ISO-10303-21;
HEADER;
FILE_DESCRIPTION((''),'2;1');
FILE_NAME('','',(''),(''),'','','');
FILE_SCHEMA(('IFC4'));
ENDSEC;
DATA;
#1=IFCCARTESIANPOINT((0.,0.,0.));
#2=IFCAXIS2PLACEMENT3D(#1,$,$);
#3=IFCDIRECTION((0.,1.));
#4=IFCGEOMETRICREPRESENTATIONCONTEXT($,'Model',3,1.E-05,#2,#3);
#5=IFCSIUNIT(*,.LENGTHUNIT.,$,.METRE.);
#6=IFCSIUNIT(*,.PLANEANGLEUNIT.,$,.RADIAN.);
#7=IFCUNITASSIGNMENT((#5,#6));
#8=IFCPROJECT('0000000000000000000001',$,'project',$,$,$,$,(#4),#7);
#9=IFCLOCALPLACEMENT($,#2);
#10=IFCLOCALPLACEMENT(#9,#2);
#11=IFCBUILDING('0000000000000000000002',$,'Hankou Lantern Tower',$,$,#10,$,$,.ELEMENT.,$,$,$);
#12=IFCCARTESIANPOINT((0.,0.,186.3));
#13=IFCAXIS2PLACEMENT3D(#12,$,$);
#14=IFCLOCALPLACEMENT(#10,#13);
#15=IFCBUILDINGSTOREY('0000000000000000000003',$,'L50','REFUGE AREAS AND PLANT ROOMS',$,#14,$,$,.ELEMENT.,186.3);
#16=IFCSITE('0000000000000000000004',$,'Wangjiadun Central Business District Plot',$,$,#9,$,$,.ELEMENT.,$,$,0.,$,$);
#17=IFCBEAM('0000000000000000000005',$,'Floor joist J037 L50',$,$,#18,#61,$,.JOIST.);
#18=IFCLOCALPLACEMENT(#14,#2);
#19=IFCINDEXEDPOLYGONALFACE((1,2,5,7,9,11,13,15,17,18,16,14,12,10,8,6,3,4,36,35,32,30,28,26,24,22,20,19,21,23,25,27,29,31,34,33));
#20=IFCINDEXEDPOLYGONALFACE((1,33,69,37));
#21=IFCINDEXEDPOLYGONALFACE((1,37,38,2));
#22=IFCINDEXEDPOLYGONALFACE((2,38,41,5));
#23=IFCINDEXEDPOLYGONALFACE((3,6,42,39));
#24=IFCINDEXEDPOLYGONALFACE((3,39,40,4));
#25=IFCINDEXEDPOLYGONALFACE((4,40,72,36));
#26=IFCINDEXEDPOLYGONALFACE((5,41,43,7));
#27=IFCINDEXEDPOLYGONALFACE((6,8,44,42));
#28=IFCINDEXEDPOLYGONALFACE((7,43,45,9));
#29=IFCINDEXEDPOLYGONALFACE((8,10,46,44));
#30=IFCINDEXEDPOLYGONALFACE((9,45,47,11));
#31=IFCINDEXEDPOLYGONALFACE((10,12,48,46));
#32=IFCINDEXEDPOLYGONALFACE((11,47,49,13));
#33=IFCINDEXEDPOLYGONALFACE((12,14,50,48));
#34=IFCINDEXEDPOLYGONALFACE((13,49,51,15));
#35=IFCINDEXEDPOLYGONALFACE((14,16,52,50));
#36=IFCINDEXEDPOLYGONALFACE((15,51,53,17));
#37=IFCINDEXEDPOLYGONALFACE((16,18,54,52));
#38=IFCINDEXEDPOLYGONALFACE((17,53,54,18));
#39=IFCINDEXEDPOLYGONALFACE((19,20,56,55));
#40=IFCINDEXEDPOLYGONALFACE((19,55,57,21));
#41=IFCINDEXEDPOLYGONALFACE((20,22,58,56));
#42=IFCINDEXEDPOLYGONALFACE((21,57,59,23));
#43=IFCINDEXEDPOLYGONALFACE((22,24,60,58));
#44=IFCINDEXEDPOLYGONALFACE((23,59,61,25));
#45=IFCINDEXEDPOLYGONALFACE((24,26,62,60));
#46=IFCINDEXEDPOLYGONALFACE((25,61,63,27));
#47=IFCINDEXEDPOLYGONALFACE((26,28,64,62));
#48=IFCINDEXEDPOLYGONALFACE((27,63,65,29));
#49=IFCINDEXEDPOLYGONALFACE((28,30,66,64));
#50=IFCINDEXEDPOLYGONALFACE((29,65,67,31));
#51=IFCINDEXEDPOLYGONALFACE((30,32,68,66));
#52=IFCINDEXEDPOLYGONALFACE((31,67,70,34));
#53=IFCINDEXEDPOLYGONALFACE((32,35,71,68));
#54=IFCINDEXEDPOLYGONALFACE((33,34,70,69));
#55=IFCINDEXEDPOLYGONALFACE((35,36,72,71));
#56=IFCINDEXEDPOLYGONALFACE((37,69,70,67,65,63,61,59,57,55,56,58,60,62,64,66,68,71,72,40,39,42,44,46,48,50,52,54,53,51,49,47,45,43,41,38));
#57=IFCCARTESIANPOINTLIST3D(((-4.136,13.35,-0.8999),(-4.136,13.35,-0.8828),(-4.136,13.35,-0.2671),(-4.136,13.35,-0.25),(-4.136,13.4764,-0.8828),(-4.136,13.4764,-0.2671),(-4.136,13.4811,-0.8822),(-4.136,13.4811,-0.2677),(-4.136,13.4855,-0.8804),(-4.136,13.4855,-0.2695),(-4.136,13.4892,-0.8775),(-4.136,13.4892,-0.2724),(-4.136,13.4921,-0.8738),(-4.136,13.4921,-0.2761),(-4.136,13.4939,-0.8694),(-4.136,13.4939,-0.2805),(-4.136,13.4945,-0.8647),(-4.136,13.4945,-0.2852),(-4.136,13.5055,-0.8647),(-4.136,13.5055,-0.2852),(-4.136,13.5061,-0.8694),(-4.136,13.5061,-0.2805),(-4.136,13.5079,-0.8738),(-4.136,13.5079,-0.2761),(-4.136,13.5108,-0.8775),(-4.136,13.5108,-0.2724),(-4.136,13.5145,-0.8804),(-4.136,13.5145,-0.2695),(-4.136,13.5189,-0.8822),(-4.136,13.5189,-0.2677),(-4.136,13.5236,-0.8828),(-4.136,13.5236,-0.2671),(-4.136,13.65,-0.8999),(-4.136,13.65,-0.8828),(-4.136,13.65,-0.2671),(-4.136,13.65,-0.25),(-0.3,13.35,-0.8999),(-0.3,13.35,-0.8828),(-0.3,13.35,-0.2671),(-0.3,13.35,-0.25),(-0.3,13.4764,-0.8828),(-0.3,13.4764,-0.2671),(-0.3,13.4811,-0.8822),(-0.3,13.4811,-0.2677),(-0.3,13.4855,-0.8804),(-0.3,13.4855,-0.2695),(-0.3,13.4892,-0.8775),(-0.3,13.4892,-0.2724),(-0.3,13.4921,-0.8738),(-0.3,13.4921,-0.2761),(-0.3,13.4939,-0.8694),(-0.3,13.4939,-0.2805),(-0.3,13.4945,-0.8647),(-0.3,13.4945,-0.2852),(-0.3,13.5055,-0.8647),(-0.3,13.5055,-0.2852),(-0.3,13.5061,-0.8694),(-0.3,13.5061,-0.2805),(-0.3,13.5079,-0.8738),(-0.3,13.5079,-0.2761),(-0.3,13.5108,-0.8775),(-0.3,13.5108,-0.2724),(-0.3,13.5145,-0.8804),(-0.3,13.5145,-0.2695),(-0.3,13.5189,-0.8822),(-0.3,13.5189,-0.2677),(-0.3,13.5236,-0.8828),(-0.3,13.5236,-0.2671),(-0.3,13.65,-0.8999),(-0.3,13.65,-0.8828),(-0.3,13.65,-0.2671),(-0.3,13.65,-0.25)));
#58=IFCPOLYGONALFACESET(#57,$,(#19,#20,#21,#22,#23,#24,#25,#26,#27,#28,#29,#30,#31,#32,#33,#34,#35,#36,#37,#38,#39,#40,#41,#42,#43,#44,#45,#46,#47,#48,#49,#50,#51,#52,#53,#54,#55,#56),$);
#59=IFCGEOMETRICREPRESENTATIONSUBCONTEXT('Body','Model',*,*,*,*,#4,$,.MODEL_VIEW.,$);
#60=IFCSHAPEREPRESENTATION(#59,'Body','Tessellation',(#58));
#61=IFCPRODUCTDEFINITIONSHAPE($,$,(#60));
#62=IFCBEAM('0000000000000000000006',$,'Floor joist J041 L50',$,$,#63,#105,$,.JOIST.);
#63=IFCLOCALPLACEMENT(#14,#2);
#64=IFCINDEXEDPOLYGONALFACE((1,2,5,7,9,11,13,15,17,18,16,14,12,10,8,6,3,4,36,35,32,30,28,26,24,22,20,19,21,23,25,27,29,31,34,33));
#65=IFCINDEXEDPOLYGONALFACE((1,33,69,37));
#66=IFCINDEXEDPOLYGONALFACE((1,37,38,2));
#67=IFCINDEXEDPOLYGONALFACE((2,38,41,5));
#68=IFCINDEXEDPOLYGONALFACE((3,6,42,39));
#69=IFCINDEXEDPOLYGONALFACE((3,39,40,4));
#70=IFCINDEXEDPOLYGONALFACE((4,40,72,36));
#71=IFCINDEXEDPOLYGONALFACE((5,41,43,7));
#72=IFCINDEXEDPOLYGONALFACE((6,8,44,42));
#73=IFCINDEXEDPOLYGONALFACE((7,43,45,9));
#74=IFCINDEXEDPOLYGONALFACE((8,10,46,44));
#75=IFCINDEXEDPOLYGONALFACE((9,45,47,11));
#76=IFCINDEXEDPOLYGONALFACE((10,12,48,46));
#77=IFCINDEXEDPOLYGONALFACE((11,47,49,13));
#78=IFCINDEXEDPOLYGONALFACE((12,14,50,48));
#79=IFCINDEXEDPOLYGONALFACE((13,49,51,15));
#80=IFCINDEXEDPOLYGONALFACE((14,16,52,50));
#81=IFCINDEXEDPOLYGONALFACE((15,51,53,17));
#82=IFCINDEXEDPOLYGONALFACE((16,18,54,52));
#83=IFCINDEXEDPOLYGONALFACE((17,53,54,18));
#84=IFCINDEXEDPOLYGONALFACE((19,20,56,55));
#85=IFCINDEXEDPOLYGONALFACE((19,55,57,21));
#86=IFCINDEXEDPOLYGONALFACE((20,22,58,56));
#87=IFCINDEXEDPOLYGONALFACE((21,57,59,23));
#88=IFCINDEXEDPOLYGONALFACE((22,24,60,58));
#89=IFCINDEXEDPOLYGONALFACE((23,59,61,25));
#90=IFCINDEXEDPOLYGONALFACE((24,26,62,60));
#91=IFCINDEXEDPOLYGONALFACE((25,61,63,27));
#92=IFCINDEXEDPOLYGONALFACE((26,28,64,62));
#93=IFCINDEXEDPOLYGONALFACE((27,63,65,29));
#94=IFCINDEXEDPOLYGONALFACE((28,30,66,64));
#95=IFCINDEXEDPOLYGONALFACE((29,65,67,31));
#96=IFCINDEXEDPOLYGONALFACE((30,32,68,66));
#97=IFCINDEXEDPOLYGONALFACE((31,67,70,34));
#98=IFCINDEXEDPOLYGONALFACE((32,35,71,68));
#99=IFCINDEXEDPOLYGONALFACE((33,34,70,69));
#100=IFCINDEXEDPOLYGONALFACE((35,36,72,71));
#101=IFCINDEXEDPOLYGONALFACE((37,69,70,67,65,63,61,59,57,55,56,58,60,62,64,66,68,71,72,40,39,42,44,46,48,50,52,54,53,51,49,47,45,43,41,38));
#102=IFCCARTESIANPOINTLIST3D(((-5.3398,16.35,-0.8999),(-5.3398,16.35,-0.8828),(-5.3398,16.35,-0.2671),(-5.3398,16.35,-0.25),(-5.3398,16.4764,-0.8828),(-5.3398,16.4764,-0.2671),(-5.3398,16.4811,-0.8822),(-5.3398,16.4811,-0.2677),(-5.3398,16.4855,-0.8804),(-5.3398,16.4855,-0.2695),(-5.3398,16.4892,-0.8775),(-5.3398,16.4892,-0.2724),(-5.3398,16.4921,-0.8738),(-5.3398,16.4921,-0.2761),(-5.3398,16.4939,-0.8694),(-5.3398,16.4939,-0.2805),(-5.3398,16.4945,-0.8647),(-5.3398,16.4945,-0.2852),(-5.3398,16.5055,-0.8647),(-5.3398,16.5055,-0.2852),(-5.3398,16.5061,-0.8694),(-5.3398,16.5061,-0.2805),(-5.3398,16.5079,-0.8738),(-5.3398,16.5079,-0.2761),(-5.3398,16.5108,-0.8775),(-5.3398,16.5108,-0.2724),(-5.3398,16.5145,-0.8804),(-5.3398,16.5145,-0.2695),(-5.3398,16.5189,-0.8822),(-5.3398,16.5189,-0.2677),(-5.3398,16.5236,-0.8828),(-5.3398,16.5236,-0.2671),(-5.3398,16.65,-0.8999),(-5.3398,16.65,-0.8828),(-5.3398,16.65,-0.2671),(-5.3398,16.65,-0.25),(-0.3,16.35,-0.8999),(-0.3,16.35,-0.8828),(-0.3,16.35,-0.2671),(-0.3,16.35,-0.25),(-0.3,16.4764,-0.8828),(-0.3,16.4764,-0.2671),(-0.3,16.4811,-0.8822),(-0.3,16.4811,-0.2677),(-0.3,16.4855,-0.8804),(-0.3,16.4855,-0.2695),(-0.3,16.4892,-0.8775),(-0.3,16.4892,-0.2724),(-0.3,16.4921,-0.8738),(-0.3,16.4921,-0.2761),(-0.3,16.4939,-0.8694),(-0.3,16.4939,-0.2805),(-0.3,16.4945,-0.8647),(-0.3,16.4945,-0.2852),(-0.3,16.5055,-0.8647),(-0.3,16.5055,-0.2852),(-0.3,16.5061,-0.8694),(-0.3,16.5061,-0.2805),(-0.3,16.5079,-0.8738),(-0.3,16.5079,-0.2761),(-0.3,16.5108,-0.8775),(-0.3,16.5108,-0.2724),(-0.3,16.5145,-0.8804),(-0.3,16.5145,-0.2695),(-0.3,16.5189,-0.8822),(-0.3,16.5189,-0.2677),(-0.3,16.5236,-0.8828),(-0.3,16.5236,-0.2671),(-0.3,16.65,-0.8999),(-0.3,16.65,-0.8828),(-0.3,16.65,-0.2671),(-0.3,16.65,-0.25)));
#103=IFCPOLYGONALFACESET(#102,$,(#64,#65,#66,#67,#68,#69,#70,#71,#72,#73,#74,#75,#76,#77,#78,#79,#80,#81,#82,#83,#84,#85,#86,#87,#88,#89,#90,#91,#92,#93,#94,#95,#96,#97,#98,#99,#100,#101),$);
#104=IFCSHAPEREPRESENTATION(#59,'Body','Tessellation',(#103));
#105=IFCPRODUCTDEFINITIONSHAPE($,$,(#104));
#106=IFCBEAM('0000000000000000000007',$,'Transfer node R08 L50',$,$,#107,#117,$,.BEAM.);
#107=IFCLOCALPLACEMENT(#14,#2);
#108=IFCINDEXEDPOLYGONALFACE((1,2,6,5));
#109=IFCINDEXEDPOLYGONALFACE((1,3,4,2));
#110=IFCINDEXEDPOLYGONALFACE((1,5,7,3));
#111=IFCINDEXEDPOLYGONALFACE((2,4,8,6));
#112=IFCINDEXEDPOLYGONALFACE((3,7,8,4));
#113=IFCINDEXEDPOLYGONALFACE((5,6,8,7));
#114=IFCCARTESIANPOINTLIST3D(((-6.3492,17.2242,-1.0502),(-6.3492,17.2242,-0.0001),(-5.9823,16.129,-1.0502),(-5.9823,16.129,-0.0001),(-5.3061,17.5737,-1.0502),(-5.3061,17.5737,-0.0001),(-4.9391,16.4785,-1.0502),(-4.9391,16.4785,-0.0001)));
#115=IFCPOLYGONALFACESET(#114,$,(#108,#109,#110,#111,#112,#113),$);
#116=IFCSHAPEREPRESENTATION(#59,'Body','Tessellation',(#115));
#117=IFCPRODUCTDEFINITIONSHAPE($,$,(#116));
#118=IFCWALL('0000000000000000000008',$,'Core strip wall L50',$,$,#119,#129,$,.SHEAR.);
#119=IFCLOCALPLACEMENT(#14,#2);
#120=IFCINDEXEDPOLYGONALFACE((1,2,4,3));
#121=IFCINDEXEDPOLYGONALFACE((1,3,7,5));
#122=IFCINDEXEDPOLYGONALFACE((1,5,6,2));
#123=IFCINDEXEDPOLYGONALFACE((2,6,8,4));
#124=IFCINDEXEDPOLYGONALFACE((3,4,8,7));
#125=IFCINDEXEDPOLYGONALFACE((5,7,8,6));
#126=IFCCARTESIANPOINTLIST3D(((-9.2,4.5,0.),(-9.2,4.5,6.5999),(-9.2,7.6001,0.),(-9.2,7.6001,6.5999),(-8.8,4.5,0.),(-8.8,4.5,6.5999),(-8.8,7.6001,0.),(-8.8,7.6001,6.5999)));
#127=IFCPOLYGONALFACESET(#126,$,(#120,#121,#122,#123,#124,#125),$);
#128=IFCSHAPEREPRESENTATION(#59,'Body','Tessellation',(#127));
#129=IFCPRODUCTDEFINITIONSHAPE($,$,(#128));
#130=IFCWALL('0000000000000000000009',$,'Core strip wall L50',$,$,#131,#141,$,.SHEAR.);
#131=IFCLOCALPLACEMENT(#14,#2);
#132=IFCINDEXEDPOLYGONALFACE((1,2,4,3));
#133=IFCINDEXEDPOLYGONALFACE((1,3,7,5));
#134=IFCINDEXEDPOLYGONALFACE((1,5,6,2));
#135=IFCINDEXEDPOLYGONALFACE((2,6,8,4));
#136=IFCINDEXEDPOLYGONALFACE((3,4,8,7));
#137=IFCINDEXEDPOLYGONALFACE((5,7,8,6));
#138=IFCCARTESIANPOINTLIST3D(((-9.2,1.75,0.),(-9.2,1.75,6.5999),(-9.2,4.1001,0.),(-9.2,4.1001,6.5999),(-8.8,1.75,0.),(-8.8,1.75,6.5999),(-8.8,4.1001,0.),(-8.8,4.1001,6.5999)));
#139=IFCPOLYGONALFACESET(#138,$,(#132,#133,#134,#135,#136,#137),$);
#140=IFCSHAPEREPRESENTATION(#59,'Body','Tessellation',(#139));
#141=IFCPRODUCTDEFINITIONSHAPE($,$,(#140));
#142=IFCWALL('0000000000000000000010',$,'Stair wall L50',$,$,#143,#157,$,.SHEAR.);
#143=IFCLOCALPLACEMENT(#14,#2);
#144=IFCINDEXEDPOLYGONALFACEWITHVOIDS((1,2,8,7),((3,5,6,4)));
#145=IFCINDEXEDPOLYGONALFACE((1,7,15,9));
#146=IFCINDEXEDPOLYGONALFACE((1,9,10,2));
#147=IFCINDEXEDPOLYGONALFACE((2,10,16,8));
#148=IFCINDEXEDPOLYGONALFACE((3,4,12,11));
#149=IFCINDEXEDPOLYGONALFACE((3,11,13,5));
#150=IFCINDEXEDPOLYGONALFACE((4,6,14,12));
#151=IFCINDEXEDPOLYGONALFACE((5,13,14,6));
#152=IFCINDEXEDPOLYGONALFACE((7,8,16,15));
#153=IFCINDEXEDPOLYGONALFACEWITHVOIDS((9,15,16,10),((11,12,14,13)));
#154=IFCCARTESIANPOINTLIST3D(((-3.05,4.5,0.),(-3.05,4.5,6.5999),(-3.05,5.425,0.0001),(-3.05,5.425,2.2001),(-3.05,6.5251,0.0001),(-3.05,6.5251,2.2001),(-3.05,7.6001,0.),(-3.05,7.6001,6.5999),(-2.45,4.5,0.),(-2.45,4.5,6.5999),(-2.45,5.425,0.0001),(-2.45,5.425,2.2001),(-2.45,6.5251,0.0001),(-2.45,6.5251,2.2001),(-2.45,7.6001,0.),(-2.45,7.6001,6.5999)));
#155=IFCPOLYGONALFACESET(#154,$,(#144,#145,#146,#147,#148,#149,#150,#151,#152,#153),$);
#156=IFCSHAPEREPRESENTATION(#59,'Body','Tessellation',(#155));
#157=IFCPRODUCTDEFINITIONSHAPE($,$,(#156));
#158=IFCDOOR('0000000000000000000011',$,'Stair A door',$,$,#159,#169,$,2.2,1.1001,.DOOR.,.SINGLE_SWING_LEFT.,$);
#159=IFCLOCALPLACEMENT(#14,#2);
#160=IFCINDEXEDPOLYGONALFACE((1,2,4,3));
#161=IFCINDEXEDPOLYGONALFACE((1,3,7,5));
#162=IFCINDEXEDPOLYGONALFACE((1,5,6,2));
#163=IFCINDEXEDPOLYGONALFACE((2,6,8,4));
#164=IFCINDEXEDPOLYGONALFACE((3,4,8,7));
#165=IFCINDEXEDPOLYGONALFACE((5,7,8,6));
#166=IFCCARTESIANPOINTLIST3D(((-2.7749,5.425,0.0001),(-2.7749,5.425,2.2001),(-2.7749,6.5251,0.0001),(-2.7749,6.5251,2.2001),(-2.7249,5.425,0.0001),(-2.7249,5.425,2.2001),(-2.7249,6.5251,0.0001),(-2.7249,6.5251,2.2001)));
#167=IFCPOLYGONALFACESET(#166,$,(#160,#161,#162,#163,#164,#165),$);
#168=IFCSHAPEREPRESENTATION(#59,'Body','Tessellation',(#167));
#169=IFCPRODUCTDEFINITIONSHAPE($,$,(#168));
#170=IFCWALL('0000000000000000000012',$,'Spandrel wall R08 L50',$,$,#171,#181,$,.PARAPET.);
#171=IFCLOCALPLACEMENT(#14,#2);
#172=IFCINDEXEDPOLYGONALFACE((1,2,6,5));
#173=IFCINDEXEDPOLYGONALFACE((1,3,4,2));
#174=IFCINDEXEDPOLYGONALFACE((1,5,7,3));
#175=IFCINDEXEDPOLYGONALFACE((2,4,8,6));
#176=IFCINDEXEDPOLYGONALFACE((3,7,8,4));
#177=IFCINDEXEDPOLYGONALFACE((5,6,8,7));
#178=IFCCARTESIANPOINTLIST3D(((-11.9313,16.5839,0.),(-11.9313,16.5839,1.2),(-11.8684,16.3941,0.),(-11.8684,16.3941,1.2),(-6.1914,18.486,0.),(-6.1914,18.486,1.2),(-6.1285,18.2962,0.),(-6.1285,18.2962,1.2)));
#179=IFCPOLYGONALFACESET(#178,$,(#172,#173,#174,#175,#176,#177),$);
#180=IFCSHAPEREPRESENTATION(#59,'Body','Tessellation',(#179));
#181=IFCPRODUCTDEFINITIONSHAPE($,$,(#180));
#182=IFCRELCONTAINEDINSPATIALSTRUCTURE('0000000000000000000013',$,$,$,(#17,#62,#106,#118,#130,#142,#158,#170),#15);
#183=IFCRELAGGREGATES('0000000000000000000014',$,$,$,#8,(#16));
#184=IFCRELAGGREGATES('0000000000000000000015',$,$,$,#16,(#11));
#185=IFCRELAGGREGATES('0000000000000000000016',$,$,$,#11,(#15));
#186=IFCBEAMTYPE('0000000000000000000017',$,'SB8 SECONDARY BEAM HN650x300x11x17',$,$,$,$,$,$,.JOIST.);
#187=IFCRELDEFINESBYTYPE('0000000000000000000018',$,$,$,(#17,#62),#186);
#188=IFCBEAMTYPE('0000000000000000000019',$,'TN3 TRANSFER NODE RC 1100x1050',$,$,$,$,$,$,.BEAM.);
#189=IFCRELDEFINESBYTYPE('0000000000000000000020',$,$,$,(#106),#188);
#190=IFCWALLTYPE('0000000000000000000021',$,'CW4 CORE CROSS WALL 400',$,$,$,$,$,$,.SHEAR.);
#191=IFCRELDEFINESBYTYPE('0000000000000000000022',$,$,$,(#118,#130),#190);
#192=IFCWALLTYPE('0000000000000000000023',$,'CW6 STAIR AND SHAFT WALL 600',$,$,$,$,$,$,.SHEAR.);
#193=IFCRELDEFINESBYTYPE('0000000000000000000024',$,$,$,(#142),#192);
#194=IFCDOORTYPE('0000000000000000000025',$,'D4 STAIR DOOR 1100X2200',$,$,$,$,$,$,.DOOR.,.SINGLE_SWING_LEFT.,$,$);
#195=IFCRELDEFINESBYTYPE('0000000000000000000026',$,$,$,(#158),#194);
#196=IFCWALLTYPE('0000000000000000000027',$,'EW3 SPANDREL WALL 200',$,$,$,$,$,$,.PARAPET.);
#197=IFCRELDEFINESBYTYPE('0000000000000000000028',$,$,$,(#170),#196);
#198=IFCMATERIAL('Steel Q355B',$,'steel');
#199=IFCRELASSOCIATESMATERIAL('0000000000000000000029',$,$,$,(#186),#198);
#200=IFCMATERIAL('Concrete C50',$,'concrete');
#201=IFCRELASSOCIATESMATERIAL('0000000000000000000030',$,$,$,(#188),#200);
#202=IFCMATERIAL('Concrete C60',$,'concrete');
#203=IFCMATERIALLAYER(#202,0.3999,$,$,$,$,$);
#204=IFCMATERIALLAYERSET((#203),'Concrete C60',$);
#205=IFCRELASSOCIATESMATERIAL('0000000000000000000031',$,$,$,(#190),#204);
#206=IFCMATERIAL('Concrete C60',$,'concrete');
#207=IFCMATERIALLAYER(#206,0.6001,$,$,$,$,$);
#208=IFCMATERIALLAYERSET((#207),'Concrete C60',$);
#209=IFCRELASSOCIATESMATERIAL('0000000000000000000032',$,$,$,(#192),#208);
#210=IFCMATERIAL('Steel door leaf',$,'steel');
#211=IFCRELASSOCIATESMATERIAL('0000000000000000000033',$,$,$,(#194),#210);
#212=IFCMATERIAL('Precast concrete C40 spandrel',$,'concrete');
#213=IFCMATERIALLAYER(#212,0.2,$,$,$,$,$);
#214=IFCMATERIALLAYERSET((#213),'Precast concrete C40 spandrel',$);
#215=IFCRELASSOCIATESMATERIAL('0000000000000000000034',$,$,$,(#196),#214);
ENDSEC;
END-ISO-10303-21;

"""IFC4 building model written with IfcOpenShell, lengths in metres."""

from ifc_helpers import new_model, si_unit, direction, frame, frame_2d, origin, origin_2d, place, context, subcontext, project, spatial, rectangle, i_section, extrude, material, layer, layer_set, material_profile, profile_set, type_object, element, fill, save


model = new_model("IFC4")

# Units and contexts
model_context = context("Model", 3, precision=1e-05, world=origin(), true_north=direction((0.0, 1.0)))
body_context = subcontext(model_context, "Body", "Model", "MODEL_VIEW")
ifc_project = project(units=[si_unit("LENGTHUNIT", "METRE"), si_unit("PLANEANGLEUNIT", "RADIAN")], contexts=[model_context])

# Site, building, storey
site_placement = place(None, origin())
site = spatial("IfcSite", under=ifc_project, at=site_placement, Name="Wangjiadun Central Business District Plot", CompositionType="ELEMENT", RefElevation=0.0)
building_placement = place(site_placement, origin())
building = spatial("IfcBuilding", under=site, at=building_placement, Name="Hankou Lantern Tower", CompositionType="ELEMENT")
storey_placement = place(building_placement, frame((0.0, 0.0, 186.3)))
storey = spatial("IfcBuildingStorey", under=building, at=storey_placement, Name="L50", Description="REFUGE AREAS AND PLANT ROOMS", CompositionType="ELEMENT", Elevation=186.3)

# Beams
ifc_material_1 = material(Name="Steel Q355B", Category="steel")
ifc_material_profile_1 = material_profile(ifc_material_1, i_section(OverallWidth=0.3, OverallDepth=0.6499, WebThickness=0.011, FlangeThickness=0.0171, FilletRadius=0.0181, at=origin_2d()), Name="HN650x300x11x17")
ifc_profile_set_1 = profile_set([ifc_material_profile_1], Name="Steel Q355B")
beam_type_1 = type_object("IfcBeamType", Name="SB8 SECONDARY BEAM HN650x300x11x17", PredefinedType="JOIST", material=ifc_profile_set_1)
beam_1_placement = place(storey_placement, frame((-4.136, 13.5, -0.575), z_axis=(1.0, 0.0, 0.0), x_axis=(0.0, 1.0, 0.0)))
element("IfcBeam", 1, at=beam_1_placement, inside=storey, type_object=beam_type_1, Name="Floor joist J037 L50", PredefinedType="JOIST", context=body_context, shape_type="SweptSolid", body=[
    extrude(i_section(OverallWidth=0.3, OverallDepth=0.6499, WebThickness=0.011, FlangeThickness=0.0171, FilletRadius=0.0181, at=origin_2d()), origin(), (0.0, 0.0, 1.0), 3.8359),
])
beam_2_placement = place(storey_placement, frame((-5.3398, 16.5, -0.575), z_axis=(1.0, 0.0, 0.0), x_axis=(0.0, 1.0, 0.0)))
element("IfcBeam", 2, at=beam_2_placement, inside=storey, type_object=beam_type_1, Name="Floor joist J041 L50", PredefinedType="JOIST", context=body_context, shape_type="SweptSolid", body=[
    extrude(i_section(OverallWidth=0.3, OverallDepth=0.6499, WebThickness=0.011, FlangeThickness=0.0171, FilletRadius=0.0181, at=origin_2d()), origin(), (0.0, 0.0, 1.0), 5.0398),
])
ifc_material_2 = material(Name="Concrete C50", Category="concrete")
ifc_material_profile_2 = material_profile(ifc_material_2, rectangle(XDim=1.1001, YDim=1.05, at=origin_2d()), Name="RC 1100x1050")
ifc_profile_set_2 = profile_set([ifc_material_profile_2], Name="Concrete C50")
beam_type_2 = type_object("IfcBeamType", Name="TN3 TRANSFER NODE RC 1100x1050", PredefinedType="BEAM", material=ifc_profile_set_2)
beam_3_placement = place(storey_placement, frame((-5.8276, 17.3989, -0.5251), z_axis=(0.317686, -0.948196, 0.0), x_axis=(0.948196, 0.317686, 0.0)))
element("IfcBeam", 3, at=beam_3_placement, inside=storey, type_object=beam_type_2, Name="Transfer node R08 L50", PredefinedType="BEAM", context=body_context, shape_type="SweptSolid", body=[
    extrude(rectangle(XDim=1.1001, YDim=1.05, at=origin_2d()), origin(), (0.0, 0.0, 1.0), 1.155),
])

# Walls
ifc_material_3 = material(Name="Concrete C60", Category="concrete")
ifc_layer_1 = layer(ifc_material_3, 0.3999)
ifc_layer_set_1 = layer_set([ifc_layer_1], Name="Concrete C60")
wall_type_1 = type_object("IfcWallType", Name="CW4 CORE CROSS WALL 400", PredefinedType="SHEAR", material=ifc_layer_set_1)
wall_1_placement = place(storey_placement, frame((-9.0, 4.5, 0.0), z_axis=(0.0, 0.0, 1.0), x_axis=(0.0, 1.0, 0.0)))
element("IfcWall", 4, at=wall_1_placement, inside=storey, type_object=wall_type_1, Name="Core strip wall L50", PredefinedType="SHEAR", context=body_context, shape_type="SweptSolid", body=[
    extrude(rectangle(XDim=3.1001, YDim=0.3999, at=frame_2d((1.55, 0.0))), origin(), (0.0, 0.0, 1.0), 6.5999),
])
wall_2_placement = place(storey_placement, frame((-9.0, 1.75, 0.0), z_axis=(0.0, 0.0, 1.0), x_axis=(0.0, 1.0, 0.0)))
element("IfcWall", 5, at=wall_2_placement, inside=storey, type_object=wall_type_1, Name="Core strip wall L50", PredefinedType="SHEAR", context=body_context, shape_type="SweptSolid", body=[
    extrude(rectangle(XDim=2.3501, YDim=0.3999, at=frame_2d((1.175, 0.0))), origin(), (0.0, 0.0, 1.0), 6.5999),
])

# Wall, opening, door
ifc_material_4 = material(Name="Concrete C60", Category="concrete")
ifc_layer_2 = layer(ifc_material_4, 0.6001)
ifc_layer_set_2 = layer_set([ifc_layer_2], Name="Concrete C60")
wall_type_2 = type_object("IfcWallType", Name="CW6 STAIR AND SHAFT WALL 600", PredefinedType="SHEAR", material=ifc_layer_set_2)
wall_3_placement = place(storey_placement, frame((-2.75, 4.5, 0.0), z_axis=(0.0, 0.0, 1.0), x_axis=(0.0, 1.0, 0.0)))
wall_3 = element("IfcWall", 6, at=wall_3_placement, inside=storey, type_object=wall_type_2, Name="Stair wall L50", PredefinedType="SHEAR", context=body_context, shape_type="SweptSolid", body=[
    extrude(rectangle(XDim=3.1001, YDim=0.6001, at=frame_2d((1.55, 0.0))), origin(), (0.0, 0.0, 1.0), 6.5999),
])
opening_placement = place(wall_3_placement, frame((0.925, 0.0, 0.0)))
opening = element("IfcOpeningElement", 7, at=opening_placement, cuts=wall_3, PredefinedType="OPENING", context=body_context, shape_type="SweptSolid", body=[
    extrude(rectangle(XDim=1.1001, YDim=2.2, at=frame_2d((0.55, 1.1001))), frame((0.0, 0.3101, 0.0), z_axis=(0.0, -1.0, 0.0), x_axis=(1.0, 0.0, 0.0)), (0.0, 0.0, 1.0), 0.6201),
])
ifc_material_5 = material(Name="Steel door leaf", Category="steel")
door_type = type_object("IfcDoorType", Name="D4 STAIR DOOR 1100X2200", OperationType="SINGLE_SWING_LEFT", PredefinedType="DOOR", material=ifc_material_5)
door_placement = place(opening_placement, origin())
door = element("IfcDoor", 8, at=door_placement, inside=storey, type_object=door_type, Name="Stair A door", OperationType="SINGLE_SWING_LEFT", OverallHeight=2.2, OverallWidth=1.1001, PredefinedType="DOOR", context=body_context, shape_type="SweptSolid", body=[
    extrude(rectangle(XDim=1.1001, YDim=2.2, at=frame_2d((0.55, 1.1001))), frame((0.0, 0.0249, 0.0), z_axis=(0.0, -1.0, 0.0), x_axis=(1.0, 0.0, 0.0)), (0.0, 0.0, 1.0), 0.05),
])
fill(opening, door)

# Wall
ifc_material_6 = material(Name="Precast concrete C40 spandrel", Category="concrete")
ifc_layer_3 = layer(ifc_material_6, 0.2)
ifc_layer_set_3 = layer_set([ifc_layer_3], Name="Precast concrete C40 spandrel")
wall_type_3 = type_object("IfcWallType", Name="EW3 SPANDREL WALL 200", PredefinedType="PARAPET", material=ifc_layer_set_3)
wall_4_placement = place(storey_placement, frame((-6.1599, 18.3911, 0.0), z_axis=(0.0, 0.0, 1.0), x_axis=(-0.949239, -0.314556, 0.0)))
element("IfcWall", 9, at=wall_4_placement, inside=storey, type_object=wall_type_3, Name="Spandrel wall R08 L50", PredefinedType="PARAPET", context=body_context, shape_type="SweptSolid", body=[
    extrude(rectangle(XDim=6.0469, YDim=0.2, at=frame_2d((3.0234, 0.0))), origin(), (0.0, 0.0, 1.0), 1.2),
])

save(model, "model.ifc")
